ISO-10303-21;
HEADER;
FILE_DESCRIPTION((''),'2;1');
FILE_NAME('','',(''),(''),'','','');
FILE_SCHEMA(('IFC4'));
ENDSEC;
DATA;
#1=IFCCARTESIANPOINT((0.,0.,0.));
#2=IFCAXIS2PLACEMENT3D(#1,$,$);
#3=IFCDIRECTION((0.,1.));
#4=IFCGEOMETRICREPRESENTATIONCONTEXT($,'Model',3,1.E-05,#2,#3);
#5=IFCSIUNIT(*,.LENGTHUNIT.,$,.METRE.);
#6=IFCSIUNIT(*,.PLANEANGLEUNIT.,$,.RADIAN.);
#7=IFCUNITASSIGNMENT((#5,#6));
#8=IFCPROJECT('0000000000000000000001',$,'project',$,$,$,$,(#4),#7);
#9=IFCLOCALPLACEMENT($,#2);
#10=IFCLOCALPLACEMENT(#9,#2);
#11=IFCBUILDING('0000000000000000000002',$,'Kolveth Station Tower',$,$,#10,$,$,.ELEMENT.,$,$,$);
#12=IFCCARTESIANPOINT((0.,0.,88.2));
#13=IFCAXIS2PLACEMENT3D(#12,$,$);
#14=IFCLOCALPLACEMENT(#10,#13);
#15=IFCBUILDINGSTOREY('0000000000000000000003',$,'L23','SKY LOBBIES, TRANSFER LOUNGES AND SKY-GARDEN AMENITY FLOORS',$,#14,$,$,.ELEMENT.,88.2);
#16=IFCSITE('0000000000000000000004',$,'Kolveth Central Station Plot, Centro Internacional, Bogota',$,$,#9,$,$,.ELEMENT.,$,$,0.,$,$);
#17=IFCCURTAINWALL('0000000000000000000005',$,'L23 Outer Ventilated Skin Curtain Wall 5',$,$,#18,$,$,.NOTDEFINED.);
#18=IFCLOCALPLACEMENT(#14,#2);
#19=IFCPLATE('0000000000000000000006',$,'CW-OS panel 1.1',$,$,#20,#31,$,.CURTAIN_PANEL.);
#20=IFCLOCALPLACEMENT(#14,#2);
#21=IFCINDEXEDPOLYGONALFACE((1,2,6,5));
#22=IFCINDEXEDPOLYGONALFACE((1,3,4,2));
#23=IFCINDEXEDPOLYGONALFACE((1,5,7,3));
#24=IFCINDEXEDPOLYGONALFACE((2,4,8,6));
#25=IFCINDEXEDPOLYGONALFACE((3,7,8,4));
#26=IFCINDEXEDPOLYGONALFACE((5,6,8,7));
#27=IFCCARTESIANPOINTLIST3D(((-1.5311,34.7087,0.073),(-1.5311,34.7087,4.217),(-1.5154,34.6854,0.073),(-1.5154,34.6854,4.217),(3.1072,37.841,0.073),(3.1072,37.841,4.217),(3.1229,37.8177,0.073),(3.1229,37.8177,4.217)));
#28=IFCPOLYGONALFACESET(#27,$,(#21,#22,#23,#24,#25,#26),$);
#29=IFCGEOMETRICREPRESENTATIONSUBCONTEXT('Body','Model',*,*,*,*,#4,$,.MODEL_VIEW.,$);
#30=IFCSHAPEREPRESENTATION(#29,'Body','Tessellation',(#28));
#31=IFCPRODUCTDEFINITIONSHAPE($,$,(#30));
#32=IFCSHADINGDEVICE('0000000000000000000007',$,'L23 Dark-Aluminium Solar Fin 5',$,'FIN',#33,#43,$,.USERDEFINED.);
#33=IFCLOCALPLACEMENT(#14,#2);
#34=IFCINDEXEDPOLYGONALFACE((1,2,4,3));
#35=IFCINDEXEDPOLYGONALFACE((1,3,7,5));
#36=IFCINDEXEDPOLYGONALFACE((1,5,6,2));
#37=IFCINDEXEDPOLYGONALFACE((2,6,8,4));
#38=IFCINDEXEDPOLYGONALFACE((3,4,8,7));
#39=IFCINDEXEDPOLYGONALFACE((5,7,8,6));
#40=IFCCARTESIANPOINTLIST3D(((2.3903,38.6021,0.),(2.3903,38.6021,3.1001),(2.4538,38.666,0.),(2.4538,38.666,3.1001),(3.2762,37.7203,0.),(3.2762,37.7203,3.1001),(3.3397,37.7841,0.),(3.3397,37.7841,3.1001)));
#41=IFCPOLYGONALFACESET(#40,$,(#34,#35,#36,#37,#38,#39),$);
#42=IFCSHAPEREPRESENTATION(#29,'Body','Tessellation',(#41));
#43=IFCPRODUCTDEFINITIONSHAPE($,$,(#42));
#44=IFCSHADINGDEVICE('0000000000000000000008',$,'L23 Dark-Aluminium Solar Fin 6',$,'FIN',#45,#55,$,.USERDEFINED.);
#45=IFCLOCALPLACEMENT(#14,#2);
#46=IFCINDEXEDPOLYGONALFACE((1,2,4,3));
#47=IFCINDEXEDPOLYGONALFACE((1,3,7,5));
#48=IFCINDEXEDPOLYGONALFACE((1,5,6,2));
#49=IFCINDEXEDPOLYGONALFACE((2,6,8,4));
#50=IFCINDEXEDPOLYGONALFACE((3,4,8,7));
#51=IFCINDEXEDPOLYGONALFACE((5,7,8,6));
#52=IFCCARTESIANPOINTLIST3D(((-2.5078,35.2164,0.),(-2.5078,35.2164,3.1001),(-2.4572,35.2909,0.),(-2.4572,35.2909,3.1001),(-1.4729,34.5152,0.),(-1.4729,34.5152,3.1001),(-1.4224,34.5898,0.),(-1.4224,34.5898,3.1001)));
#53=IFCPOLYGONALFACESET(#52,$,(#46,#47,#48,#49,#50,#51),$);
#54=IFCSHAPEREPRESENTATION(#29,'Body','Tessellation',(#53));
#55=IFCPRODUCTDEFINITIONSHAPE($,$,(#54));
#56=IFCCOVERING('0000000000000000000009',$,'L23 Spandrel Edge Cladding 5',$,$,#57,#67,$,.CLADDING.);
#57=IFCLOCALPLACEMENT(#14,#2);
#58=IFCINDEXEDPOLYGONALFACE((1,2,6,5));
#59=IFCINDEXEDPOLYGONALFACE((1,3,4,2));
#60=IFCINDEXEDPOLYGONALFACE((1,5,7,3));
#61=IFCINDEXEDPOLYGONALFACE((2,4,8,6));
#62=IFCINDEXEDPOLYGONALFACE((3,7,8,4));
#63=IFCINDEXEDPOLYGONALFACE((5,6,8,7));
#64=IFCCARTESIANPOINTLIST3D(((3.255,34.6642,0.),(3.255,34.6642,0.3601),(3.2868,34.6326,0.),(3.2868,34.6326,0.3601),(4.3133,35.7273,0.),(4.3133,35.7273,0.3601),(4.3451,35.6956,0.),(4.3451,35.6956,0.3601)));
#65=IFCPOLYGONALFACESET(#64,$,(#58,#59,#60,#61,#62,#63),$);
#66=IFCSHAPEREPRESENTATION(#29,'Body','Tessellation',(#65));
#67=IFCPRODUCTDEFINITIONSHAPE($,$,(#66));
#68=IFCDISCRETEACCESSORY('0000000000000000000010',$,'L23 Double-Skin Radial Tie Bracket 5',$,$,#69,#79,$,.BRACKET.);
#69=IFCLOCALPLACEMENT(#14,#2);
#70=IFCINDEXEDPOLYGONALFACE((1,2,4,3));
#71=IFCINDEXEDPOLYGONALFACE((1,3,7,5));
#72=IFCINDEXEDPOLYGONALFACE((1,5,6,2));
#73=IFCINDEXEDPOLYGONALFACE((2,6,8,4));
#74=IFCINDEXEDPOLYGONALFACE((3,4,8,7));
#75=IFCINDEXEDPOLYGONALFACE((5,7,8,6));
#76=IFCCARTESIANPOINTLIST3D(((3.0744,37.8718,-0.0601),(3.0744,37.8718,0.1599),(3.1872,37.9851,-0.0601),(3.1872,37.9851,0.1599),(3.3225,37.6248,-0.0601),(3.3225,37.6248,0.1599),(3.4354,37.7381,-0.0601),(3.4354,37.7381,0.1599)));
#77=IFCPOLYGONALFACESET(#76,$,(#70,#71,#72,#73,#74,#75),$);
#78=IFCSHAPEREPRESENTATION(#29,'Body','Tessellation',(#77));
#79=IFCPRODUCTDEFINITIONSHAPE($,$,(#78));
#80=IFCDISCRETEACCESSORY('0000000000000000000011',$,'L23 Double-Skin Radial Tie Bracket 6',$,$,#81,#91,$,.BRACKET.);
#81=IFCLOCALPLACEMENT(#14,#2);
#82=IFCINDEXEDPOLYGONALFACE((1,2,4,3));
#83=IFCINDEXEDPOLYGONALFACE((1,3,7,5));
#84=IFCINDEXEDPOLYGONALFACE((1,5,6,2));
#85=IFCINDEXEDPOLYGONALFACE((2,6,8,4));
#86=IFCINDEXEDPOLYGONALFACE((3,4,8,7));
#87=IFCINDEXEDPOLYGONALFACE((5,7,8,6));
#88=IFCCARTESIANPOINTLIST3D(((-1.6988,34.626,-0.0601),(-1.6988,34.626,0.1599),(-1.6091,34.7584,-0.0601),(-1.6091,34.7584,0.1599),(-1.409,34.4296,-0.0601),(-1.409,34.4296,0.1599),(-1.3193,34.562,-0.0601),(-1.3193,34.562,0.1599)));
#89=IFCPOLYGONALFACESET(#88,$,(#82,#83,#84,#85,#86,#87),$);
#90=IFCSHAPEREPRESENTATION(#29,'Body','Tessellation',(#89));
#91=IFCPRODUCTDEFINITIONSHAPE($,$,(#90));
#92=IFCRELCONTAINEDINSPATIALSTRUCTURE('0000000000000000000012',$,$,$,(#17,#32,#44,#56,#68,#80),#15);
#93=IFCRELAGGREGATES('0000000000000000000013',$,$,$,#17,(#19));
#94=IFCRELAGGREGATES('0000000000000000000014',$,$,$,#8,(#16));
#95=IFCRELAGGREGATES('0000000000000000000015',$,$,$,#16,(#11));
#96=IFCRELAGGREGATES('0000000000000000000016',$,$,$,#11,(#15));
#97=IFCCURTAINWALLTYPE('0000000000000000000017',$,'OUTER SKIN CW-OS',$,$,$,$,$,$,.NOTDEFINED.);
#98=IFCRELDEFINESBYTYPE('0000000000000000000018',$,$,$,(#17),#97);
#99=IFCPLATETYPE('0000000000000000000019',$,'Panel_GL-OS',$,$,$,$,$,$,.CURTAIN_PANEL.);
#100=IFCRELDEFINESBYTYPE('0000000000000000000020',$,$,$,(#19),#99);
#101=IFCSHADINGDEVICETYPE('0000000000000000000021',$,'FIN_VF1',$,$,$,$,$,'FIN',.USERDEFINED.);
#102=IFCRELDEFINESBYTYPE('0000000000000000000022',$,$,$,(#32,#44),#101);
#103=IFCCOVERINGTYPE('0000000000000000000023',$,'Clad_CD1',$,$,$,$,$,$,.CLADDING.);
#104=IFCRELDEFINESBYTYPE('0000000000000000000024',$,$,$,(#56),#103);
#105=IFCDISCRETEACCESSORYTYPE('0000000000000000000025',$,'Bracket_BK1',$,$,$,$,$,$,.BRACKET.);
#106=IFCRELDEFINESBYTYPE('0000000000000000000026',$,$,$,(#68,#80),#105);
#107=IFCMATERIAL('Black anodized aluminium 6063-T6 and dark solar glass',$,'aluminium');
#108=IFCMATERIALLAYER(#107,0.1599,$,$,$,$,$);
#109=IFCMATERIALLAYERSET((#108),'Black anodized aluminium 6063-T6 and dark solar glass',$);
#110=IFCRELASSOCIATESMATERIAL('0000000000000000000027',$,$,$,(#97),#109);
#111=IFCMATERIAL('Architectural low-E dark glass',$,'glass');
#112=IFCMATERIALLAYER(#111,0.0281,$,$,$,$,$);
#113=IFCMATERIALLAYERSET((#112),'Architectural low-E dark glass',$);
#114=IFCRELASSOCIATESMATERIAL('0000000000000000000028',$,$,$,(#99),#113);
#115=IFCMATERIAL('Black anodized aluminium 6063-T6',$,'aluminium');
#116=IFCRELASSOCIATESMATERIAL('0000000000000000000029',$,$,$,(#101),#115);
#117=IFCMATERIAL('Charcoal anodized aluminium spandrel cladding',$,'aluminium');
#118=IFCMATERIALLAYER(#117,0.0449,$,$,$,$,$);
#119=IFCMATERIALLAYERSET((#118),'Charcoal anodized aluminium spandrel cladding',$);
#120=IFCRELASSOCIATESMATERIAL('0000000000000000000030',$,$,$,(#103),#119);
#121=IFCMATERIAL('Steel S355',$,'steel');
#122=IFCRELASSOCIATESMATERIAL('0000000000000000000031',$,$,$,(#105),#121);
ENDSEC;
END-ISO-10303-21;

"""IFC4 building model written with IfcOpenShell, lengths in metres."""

from ifc_helpers import new_model, si_unit, direction, frame, origin, origin_2d, place, context, subcontext, project, spatial, rectangle, extrude, source, transform, mapped, material, layer, layer_set, type_object, element, aggregate, save


model = new_model("IFC4")

# Units and contexts
model_context = context("Model", 3, precision=1e-05, world=origin(), true_north=direction((0.0, 1.0)))
body_context = subcontext(model_context, "Body", "Model", "MODEL_VIEW")
ifc_project = project(units=[si_unit("LENGTHUNIT", "METRE"), si_unit("PLANEANGLEUNIT", "RADIAN")], contexts=[model_context])

# Site, building, storey
site_placement = place(None, origin())
site = spatial("IfcSite", under=ifc_project, at=site_placement, Name="Kolveth Central Station Plot, Centro Internacional, Bogota", CompositionType="ELEMENT", RefElevation=0.0)
building_placement = place(site_placement, origin())
building = spatial("IfcBuilding", under=site, at=building_placement, Name="Kolveth Station Tower", CompositionType="ELEMENT")
storey_placement = place(building_placement, frame((0.0, 0.0, 88.2)))
storey = spatial("IfcBuildingStorey", under=building, at=storey_placement, Name="L23", Description="SKY LOBBIES, TRANSFER LOUNGES AND SKY-GARDEN AMENITY FLOORS", CompositionType="ELEMENT", Elevation=88.2)

# Shared definitions
ifc_material_1 = material(Name="Steel S355", Category="steel")

# Shared definitions
ifc_material_2 = material(Name="Black anodized aluminium 6063-T6", Category="aluminium")

# Shared definitions
ifc_material_3 = material(Name="Black anodized aluminium 6063-T6 and dark solar glass", Category="aluminium")
ifc_layer_1 = layer(ifc_material_3, 0.1599)
ifc_layer_set_1 = layer_set([ifc_layer_1], Name="Black anodized aluminium 6063-T6 and dark solar glass")
curtain_wall_type_1 = type_object("IfcCurtainWallType", Name="OUTER SKIN CW-OS", PredefinedType="NOTDEFINED", material=ifc_layer_set_1)

# Curtain wall
curtain_wall_1_placement = place(storey_placement, origin())
curtain_wall_1 = element("IfcCurtainWall", 1, at=curtain_wall_1_placement, inside=storey, type_object=curtain_wall_type_1, Name="L23 Outer Ventilated Skin Curtain Wall 5", PredefinedType="NOTDEFINED")

# Plate
ifc_material_4 = material(Name="Architectural low-E dark glass", Category="glass")
ifc_layer_2 = layer(ifc_material_4, 0.0281)
ifc_layer_set_2 = layer_set([ifc_layer_2], Name="Architectural low-E dark glass")
plate_type_1 = type_object("IfcPlateType", Name="Panel_GL-OS", PredefinedType="CURTAIN_PANEL", material=ifc_layer_set_2)
shared_shape_1 = source(origin(), body_context, "Body", "SweptSolid", [
    extrude(rectangle(XDim=5.5969, YDim=0.0281, at=origin_2d()), origin(), (0.0, 0.0, 1.0), 4.144),
])
plate_1_placement = place(storey_placement, frame((0.7959, 36.2632, 0.073), z_axis=(0.0, 0.0, 1.0), x_axis=(-0.828731, -0.559648, 0.0)))
plate_1 = element("IfcPlate", 2, at=plate_1_placement, type_object=plate_type_1, Name="CW-OS panel 1.1", PredefinedType="CURTAIN_PANEL", context=body_context, shape_type="MappedRepresentation", body=[
    mapped(shared_shape_1, transform((0.0, 0.0, 0.0), x_axis=(1.0, 0.0, 0.0), y_axis=(0.0, 1.0, 0.0), z_axis=(0.0, 0.0, 1.0), scale=1.0)),
])
aggregate(curtain_wall_1, [plate_1])

# Shading devices
shading_device_type = type_object("IfcShadingDeviceType", Name="FIN_VF1", ElementType="FIN", PredefinedType="USERDEFINED", material=ifc_material_2)
shared_shape_2 = source(origin(), body_context, "Body", "SweptSolid", [
    extrude(rectangle(XDim=1.25, YDim=0.0901, at=origin_2d()), origin(), (0.0, 0.0, 1.0), 3.1001),
])
for number, where, z_axis, x_axis, name in (
    (3, (2.865, 38.1931, 0.0), (0.0, 0.0, 1.0), (-0.708709, 0.705501, 0.0), "L23 Dark-Aluminium Solar Fin 5"),
    (4, (-1.9651, 34.9031, 0.0), (0.0, 0.0, 1.0), (-0.827865, 0.560928, 0.0), "L23 Dark-Aluminium Solar Fin 6"),
):
    element("IfcShadingDevice", number, at=place(storey_placement, frame(where, z_axis=z_axis, x_axis=x_axis)), inside=storey, type_object=shading_device_type, Name=name, ObjectType="FIN", PredefinedType="USERDEFINED", context=body_context, shape_type="MappedRepresentation", body=[
        mapped(shared_shape_2, transform((0.0, 0.0, 0.0), x_axis=(1.0, 0.0, 0.0), y_axis=(0.0, 1.0, 0.0), z_axis=(0.0, 0.0, 1.0), scale=1.0)),
    ])

# Covering
ifc_material_5 = material(Name="Charcoal anodized aluminium spandrel cladding", Category="aluminium")
ifc_layer_3 = layer(ifc_material_5, 0.0449)
ifc_layer_set_3 = layer_set([ifc_layer_3], Name="Charcoal anodized aluminium spandrel cladding")
covering_type = type_object("IfcCoveringType", Name="Clad_CD1", PredefinedType="CLADDING", material=ifc_layer_set_3)
shared_shape_3 = source(origin(), body_context, "Body", "SweptSolid", [
    extrude(rectangle(XDim=1.5, YDim=0.0449, at=origin_2d()), origin(), (0.0, 0.0, 1.0), 0.3601),
])
covering_placement = place(storey_placement, frame((3.8, 35.1799, 0.0), z_axis=(0.0, 0.0, 1.0), x_axis=(-0.705501, -0.708709, 0.0)))
element("IfcCovering", 5, at=covering_placement, inside=storey, type_object=covering_type, Name="L23 Spandrel Edge Cladding 5", PredefinedType="CLADDING", context=body_context, shape_type="MappedRepresentation", body=[
    mapped(shared_shape_3, transform((0.0, 0.0, 0.0), x_axis=(1.0, 0.0, 0.0), y_axis=(0.0, 1.0, 0.0), z_axis=(0.0, 0.0, 1.0), scale=1.0)),
])

# Discrete accessories
discrete_accessory_type = type_object("IfcDiscreteAccessoryType", Name="Bracket_BK1", PredefinedType="BRACKET", material=ifc_material_1)
shared_shape_4 = source(origin(), body_context, "Body", "SweptSolid", [
    extrude(rectangle(XDim=0.3501, YDim=0.1599, at=origin_2d()), origin(), (0.0, 0.0, 1.0), 0.22),
])
for number, where, z_axis, x_axis, name in (
    (6, (3.2549, 37.8049, -0.0601), (0.0, 0.0, 1.0), (-0.708709, 0.705501, 0.0), "L23 Double-Skin Radial Tie Bracket 5"),
    (7, (-1.509, 34.594, -0.0601), (0.0, 0.0, 1.0), (-0.827865, 0.560928, 0.0), "L23 Double-Skin Radial Tie Bracket 6"),
):
    element("IfcDiscreteAccessory", number, at=place(storey_placement, frame(where, z_axis=z_axis, x_axis=x_axis)), inside=storey, type_object=discrete_accessory_type, Name=name, PredefinedType="BRACKET", context=body_context, shape_type="MappedRepresentation", body=[
        mapped(shared_shape_4, transform((0.0, 0.0, 0.0), x_axis=(1.0, 0.0, 0.0), y_axis=(0.0, 1.0, 0.0), z_axis=(0.0, 0.0, 1.0), scale=1.0)),
    ])

save(model, "model.ifc")
